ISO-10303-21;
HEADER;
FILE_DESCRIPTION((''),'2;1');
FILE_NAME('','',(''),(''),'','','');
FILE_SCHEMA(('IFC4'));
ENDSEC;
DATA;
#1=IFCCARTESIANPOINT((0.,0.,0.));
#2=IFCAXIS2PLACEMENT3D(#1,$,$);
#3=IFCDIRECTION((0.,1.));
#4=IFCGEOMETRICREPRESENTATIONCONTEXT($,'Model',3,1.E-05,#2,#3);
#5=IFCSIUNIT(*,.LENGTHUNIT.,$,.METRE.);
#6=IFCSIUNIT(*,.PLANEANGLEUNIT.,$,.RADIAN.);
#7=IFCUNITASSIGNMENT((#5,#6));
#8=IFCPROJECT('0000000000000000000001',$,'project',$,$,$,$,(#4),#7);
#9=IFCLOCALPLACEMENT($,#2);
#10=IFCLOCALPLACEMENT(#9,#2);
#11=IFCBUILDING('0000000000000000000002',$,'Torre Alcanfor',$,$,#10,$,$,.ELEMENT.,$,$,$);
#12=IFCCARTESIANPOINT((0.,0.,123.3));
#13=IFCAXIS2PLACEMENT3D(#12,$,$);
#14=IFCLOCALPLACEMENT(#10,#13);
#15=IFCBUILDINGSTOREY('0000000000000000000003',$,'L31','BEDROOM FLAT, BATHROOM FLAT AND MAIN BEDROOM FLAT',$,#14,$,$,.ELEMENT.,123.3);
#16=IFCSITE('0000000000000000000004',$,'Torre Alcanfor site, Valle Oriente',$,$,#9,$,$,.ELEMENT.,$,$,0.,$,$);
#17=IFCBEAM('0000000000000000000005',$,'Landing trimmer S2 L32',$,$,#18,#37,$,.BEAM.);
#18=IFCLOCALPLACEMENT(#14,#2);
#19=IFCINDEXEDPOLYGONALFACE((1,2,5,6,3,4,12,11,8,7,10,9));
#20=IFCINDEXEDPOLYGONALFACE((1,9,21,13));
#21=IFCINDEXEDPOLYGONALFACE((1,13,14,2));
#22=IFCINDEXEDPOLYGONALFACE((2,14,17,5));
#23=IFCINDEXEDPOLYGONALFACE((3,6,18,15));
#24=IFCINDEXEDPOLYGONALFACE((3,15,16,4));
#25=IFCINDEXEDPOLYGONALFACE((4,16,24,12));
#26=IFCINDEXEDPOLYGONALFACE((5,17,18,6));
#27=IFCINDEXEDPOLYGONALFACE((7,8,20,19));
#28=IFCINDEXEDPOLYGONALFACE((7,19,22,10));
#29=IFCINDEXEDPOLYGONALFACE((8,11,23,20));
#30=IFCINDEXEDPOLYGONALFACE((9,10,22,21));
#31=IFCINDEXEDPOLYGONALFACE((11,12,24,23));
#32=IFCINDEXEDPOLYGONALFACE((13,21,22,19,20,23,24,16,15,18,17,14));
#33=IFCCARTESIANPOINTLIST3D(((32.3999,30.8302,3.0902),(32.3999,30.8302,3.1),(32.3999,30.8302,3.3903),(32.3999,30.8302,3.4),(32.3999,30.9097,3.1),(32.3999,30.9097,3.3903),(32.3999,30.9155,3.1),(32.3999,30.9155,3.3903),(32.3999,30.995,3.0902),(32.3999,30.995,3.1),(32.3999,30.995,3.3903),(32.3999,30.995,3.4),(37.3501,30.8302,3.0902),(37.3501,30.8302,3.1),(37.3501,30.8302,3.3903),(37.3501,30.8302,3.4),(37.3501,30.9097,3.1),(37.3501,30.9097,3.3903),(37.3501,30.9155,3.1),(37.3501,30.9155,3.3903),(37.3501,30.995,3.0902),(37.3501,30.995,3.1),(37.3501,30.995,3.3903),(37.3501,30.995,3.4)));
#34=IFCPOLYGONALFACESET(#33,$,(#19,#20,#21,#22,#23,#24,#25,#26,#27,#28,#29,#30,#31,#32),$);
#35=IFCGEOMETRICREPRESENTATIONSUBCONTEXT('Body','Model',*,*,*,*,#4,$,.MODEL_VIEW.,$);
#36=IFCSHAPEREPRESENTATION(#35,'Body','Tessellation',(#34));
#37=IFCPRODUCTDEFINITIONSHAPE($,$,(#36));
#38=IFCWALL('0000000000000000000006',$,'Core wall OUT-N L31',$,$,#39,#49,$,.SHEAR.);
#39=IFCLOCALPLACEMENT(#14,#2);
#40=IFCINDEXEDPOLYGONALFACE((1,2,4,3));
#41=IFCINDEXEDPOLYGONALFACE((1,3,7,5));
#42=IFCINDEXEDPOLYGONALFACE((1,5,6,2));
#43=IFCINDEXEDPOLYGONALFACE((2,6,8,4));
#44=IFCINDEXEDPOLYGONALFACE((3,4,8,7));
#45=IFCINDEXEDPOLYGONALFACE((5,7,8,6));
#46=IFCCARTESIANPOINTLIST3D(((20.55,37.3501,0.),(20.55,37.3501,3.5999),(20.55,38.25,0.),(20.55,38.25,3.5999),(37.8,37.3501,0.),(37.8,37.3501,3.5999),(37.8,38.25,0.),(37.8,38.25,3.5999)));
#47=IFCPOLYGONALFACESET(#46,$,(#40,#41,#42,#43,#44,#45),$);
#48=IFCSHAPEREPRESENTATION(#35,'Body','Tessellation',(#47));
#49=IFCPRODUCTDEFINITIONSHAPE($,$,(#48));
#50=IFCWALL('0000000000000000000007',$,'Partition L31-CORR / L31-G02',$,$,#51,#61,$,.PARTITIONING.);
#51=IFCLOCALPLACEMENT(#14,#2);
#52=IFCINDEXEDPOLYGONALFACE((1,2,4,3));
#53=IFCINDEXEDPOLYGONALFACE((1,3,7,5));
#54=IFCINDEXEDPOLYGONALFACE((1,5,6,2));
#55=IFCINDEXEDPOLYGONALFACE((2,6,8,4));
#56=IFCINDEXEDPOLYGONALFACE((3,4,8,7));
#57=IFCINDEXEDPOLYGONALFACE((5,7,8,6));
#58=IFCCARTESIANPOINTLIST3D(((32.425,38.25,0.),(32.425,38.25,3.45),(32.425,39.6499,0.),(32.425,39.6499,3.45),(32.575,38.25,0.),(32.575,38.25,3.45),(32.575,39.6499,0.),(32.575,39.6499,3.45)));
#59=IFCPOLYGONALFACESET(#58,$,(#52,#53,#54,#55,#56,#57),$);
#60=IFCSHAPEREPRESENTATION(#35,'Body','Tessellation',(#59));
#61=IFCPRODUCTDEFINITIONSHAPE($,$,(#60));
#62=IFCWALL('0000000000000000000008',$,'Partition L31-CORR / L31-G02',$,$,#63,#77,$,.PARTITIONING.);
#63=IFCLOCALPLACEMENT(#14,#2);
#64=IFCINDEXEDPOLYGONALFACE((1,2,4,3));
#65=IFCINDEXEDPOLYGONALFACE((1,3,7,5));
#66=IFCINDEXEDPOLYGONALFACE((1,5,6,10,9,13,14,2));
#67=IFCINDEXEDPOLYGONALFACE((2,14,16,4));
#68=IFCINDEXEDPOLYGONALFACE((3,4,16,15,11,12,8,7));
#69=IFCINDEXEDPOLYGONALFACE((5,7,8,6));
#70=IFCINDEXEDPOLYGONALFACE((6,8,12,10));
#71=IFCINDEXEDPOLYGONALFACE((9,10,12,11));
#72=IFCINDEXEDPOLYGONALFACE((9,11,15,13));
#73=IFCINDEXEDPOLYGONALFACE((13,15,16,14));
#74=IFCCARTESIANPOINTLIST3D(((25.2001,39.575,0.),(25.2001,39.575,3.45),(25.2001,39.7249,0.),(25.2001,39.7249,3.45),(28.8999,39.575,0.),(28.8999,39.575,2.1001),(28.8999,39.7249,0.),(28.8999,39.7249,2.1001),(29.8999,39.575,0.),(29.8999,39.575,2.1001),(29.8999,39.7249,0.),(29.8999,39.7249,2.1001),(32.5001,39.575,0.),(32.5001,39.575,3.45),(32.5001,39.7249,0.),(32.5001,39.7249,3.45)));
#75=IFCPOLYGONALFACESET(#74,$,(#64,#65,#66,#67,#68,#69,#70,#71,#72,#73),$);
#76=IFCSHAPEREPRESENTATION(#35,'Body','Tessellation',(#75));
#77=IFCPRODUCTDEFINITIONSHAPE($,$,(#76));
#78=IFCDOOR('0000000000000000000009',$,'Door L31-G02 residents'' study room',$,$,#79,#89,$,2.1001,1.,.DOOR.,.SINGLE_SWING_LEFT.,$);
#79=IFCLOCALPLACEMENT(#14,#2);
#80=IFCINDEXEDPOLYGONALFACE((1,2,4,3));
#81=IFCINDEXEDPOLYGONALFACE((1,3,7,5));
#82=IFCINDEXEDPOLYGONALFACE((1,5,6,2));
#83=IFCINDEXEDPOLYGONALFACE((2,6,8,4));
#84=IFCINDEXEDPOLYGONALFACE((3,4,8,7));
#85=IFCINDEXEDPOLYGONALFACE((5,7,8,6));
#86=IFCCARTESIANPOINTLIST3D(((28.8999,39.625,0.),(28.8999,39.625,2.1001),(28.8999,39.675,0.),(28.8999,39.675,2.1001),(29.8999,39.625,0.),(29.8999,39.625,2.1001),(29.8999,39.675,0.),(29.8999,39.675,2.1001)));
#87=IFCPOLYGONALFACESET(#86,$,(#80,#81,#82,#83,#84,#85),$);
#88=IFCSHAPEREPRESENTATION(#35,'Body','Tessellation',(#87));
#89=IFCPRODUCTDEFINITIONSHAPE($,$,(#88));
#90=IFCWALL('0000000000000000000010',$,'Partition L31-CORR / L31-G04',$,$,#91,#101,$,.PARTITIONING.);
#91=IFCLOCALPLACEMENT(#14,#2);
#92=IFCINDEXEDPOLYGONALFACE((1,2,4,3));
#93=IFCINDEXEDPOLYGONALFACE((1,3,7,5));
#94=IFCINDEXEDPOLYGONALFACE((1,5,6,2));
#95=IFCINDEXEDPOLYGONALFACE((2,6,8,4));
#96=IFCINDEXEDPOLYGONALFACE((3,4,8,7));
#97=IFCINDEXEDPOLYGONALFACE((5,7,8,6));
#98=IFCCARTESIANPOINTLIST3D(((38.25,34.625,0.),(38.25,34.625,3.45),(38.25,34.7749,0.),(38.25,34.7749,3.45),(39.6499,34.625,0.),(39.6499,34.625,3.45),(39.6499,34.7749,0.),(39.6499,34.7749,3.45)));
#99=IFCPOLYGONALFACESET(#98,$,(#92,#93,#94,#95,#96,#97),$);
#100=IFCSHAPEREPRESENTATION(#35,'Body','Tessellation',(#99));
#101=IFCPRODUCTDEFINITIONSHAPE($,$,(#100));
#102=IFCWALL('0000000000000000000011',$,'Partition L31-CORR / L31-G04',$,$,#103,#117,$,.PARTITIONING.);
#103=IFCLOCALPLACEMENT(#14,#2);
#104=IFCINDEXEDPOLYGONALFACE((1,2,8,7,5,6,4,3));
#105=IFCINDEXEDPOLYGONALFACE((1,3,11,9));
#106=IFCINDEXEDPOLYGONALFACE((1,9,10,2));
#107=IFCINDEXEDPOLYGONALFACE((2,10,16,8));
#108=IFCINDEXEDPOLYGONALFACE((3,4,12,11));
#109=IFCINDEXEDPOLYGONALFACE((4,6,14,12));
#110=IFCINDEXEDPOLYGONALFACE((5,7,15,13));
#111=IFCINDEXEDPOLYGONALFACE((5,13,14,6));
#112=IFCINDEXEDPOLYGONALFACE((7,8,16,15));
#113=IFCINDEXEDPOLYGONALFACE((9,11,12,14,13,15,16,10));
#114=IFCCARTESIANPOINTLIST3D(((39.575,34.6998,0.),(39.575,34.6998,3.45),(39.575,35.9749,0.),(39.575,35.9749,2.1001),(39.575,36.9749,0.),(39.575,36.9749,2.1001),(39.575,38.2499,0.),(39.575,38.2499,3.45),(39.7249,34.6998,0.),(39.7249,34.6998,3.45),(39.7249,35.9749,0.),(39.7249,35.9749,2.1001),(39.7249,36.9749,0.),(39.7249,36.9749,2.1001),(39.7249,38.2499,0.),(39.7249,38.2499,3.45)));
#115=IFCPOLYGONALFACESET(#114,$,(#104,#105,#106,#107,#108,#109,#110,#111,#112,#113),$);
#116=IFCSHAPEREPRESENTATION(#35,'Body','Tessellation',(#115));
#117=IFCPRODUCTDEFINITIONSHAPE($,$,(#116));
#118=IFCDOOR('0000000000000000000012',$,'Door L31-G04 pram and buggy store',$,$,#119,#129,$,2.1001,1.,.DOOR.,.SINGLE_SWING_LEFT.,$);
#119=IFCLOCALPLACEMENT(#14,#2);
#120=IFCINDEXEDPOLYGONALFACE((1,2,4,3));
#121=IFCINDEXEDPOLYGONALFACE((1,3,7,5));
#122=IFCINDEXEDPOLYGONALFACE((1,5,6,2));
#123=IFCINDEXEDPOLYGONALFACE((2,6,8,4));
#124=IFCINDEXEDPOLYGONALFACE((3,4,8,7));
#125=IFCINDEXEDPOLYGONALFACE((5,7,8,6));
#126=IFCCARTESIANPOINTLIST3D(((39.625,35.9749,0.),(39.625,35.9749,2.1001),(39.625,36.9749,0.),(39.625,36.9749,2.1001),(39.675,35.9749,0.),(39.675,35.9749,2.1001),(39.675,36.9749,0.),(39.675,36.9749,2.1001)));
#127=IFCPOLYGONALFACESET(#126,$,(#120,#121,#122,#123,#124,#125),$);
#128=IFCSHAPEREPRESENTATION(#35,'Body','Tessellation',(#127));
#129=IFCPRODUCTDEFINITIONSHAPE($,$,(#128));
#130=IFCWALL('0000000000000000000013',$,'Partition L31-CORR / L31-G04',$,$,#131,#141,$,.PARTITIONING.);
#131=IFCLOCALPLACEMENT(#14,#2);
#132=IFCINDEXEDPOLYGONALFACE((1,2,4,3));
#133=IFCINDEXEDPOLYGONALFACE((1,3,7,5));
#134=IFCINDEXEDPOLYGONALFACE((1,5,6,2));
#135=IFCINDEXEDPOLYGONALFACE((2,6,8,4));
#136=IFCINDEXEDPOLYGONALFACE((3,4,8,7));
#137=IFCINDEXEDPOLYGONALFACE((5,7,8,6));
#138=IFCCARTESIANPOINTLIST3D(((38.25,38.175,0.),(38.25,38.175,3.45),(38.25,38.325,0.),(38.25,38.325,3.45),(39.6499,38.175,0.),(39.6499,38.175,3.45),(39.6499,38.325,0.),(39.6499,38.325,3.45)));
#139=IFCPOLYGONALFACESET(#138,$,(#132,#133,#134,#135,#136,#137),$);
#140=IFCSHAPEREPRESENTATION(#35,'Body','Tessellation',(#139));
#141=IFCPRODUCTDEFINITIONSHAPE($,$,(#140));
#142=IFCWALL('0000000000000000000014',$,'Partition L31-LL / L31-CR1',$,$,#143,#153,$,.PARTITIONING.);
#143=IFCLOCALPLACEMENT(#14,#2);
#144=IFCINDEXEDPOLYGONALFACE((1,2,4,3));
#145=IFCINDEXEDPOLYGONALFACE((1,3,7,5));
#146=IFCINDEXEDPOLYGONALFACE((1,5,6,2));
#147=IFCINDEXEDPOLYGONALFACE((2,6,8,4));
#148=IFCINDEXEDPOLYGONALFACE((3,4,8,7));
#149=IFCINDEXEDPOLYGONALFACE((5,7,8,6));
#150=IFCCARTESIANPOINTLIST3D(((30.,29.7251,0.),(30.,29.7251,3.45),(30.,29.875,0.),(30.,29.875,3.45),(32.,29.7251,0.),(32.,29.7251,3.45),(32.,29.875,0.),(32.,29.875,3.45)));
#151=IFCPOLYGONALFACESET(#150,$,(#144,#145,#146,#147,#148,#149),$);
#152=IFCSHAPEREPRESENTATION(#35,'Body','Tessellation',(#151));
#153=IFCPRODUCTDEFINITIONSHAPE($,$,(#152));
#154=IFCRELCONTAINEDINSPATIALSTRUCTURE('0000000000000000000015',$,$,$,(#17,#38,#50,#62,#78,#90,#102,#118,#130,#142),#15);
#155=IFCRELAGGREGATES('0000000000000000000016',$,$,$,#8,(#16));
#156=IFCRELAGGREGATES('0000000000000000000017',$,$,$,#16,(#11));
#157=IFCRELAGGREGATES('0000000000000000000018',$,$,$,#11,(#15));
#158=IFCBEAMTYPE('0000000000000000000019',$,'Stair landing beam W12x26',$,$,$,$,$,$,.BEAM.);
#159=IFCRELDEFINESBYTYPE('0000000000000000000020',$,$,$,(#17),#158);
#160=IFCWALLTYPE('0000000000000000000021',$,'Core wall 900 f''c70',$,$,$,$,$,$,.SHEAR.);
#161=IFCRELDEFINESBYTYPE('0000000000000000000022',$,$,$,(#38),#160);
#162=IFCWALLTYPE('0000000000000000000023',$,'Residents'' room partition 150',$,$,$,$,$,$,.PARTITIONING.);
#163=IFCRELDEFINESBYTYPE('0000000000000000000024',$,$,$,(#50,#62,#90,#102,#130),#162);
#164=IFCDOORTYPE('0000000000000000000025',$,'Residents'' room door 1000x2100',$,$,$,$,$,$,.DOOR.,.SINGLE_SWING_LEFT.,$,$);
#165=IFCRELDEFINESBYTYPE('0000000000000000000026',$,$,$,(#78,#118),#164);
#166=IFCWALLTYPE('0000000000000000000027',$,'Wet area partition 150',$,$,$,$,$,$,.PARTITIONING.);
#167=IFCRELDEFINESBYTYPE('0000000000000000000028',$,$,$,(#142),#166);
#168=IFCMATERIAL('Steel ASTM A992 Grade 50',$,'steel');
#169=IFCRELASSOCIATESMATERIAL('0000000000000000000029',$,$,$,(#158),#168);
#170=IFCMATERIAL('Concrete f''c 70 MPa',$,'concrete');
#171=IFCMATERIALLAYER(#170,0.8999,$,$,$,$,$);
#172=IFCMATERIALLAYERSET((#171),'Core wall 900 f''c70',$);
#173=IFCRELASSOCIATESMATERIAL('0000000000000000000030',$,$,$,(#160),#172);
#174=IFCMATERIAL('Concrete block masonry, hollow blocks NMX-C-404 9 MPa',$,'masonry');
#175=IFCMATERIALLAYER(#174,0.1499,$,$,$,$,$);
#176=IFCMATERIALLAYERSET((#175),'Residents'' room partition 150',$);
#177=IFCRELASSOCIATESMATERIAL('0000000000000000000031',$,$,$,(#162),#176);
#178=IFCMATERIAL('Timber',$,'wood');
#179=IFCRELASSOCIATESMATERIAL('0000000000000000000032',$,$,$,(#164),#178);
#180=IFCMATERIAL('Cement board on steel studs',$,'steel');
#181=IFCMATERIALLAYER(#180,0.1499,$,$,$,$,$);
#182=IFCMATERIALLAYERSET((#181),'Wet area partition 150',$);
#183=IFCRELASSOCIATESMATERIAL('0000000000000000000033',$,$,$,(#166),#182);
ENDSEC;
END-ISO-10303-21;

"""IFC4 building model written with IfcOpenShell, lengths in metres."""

from ifc_helpers import new_model, si_unit, direction, frame, frame_2d, origin, origin_2d, place, context, subcontext, project, spatial, rectangle, i_section, extrude, material, layer, layer_set, material_profile, profile_set, type_object, element, fill, save


model = new_model("IFC4")

# Units and contexts
model_context = context("Model", 3, precision=1e-05, world=origin(), true_north=direction((0.0, 1.0)))
body_context = subcontext(model_context, "Body", "Model", "MODEL_VIEW")
ifc_project = project(units=[si_unit("LENGTHUNIT", "METRE"), si_unit("PLANEANGLEUNIT", "RADIAN")], contexts=[model_context])

# Site, building, storey
site_placement = place(None, origin())
site = spatial("IfcSite", under=ifc_project, at=site_placement, Name="Torre Alcanfor site, Valle Oriente", CompositionType="ELEMENT", RefElevation=0.0)
building_placement = place(site_placement, origin())
building = spatial("IfcBuilding", under=site, at=building_placement, Name="Torre Alcanfor", CompositionType="ELEMENT")
storey_placement = place(building_placement, frame((0.0, 0.0, 123.3)))
storey = spatial("IfcBuildingStorey", under=building, at=storey_placement, Name="L31", Description="BEDROOM FLAT, BATHROOM FLAT AND MAIN BEDROOM FLAT", CompositionType="ELEMENT", Elevation=123.3)

# Beam
ifc_material_1 = material(Name="Steel ASTM A992 Grade 50", Category="steel")
ifc_material_profile_1 = material_profile(ifc_material_1, i_section(OverallWidth=0.1648, OverallDepth=0.3098, WebThickness=0.0059, FlangeThickness=0.0098, at=origin_2d()), Name="W12x26")
ifc_profile_set_1 = profile_set([ifc_material_profile_1], Name="Steel ASTM A992 Grade 50")
beam_type_1 = type_object("IfcBeamType", Name="Stair landing beam W12x26", PredefinedType="BEAM", material=ifc_profile_set_1)
beam_1_placement = place(storey_placement, frame((32.3999, 30.9126, 3.2451), z_axis=(1.0, 0.0, 0.0), x_axis=(0.0, 1.0, 0.0)))
element("IfcBeam", 1, at=beam_1_placement, inside=storey, type_object=beam_type_1, Name="Landing trimmer S2 L32", PredefinedType="BEAM", context=body_context, shape_type="SweptSolid", body=[
    extrude(i_section(OverallWidth=0.1648, OverallDepth=0.3098, WebThickness=0.0059, FlangeThickness=0.0098, at=origin_2d()), origin(), (0.0, 0.0, 1.0), 4.9502),
])

# Walls
ifc_material_2 = material(Name="Concrete f'c 70 MPa", Category="concrete")
ifc_layer_1 = layer(ifc_material_2, 0.8999)
ifc_layer_set_1 = layer_set([ifc_layer_1], Name="Core wall 900 f'c70")
wall_type_1 = type_object("IfcWallType", Name="Core wall 900 f'c70", PredefinedType="SHEAR", material=ifc_layer_set_1)
wall_1_placement = place(storey_placement, frame((37.8, 37.8, 0.0), z_axis=(0.0, 0.0, 1.0), x_axis=(-1.0, 0.0, 0.0)))
element("IfcWall", 2, at=wall_1_placement, inside=storey, type_object=wall_type_1, Name="Core wall OUT-N L31", PredefinedType="SHEAR", context=body_context, shape_type="SweptSolid", body=[
    extrude(rectangle(XDim=17.25, YDim=0.8999, at=frame_2d((8.625, 0.0))), origin(), (0.0, 0.0, 1.0), 3.5999),
])
ifc_material_3 = material(Name="Concrete block masonry, hollow blocks NMX-C-404 9 MPa", Category="masonry")
ifc_layer_2 = layer(ifc_material_3, 0.1499)
ifc_layer_set_2 = layer_set([ifc_layer_2], Name="Residents' room partition 150")
wall_type_2 = type_object("IfcWallType", Name="Residents' room partition 150", PredefinedType="PARTITIONING", material=ifc_layer_set_2)
wall_2_placement = place(storey_placement, frame((32.5, 38.25, 0.0), z_axis=(0.0, 0.0, 1.0), x_axis=(0.0, 1.0, 0.0)))
element("IfcWall", 3, at=wall_2_placement, inside=storey, type_object=wall_type_2, Name="Partition L31-CORR / L31-G02", PredefinedType="PARTITIONING", context=body_context, shape_type="SweptSolid", body=[
    extrude(rectangle(XDim=1.3999, YDim=0.1499, at=frame_2d((0.7, 0.0))), origin(), (0.0, 0.0, 1.0), 3.45),
])

# Wall, opening, door
wall_3_placement = place(storey_placement, frame((32.5, 39.6499, 0.0), z_axis=(0.0, 0.0, 1.0), x_axis=(-1.0, 0.0, 0.0)))
wall_3 = element("IfcWall", 4, at=wall_3_placement, inside=storey, type_object=wall_type_2, Name="Partition L31-CORR / L31-G02", PredefinedType="PARTITIONING", context=body_context, shape_type="SweptSolid", body=[
    extrude(rectangle(XDim=7.3, YDim=0.1499, at=frame_2d((3.6499, 0.0))), origin(), (0.0, 0.0, 1.0), 3.45),
])
opening_1_placement = place(wall_3_placement, frame((2.6001, 0.0, 0.0)))
opening_1 = element("IfcOpeningElement", 5, at=opening_1_placement, cuts=wall_3, PredefinedType="OPENING", context=body_context, shape_type="SweptSolid", body=[
    extrude(rectangle(XDim=1.0, YDim=2.1001, at=frame_2d((0.5, 1.05))), frame((0.0, 0.085, 0.0), z_axis=(0.0, -1.0, 0.0), x_axis=(1.0, 0.0, 0.0)), (0.0, 0.0, 1.0), 0.1699),
])
ifc_material_4 = material(Name="Timber", Category="wood")
door_type_1 = type_object("IfcDoorType", Name="Residents' room door 1000x2100", OperationType="SINGLE_SWING_LEFT", PredefinedType="DOOR", material=ifc_material_4)
door_1_placement = place(opening_1_placement, origin())
door_1 = element("IfcDoor", 6, at=door_1_placement, inside=storey, type_object=door_type_1, Name="Door L31-G02 residents' study room", OperationType="SINGLE_SWING_LEFT", OverallHeight=2.1001, OverallWidth=1.0, PredefinedType="DOOR", context=body_context, shape_type="SweptSolid", body=[
    extrude(rectangle(XDim=1.0, YDim=2.1001, at=frame_2d((0.5, 1.05))), frame((0.0, 0.0249, 0.0), z_axis=(0.0, -1.0, 0.0), x_axis=(1.0, 0.0, 0.0)), (0.0, 0.0, 1.0), 0.05),
])
fill(opening_1, door_1)

# Wall
wall_4_placement = place(storey_placement, frame((38.25, 34.7, 0.0), z_axis=(0.0, 0.0, 1.0), x_axis=(1.0, 0.0, 0.0)))
element("IfcWall", 7, at=wall_4_placement, inside=storey, type_object=wall_type_2, Name="Partition L31-CORR / L31-G04", PredefinedType="PARTITIONING", context=body_context, shape_type="SweptSolid", body=[
    extrude(rectangle(XDim=1.3999, YDim=0.1499, at=frame_2d((0.7, 0.0))), origin(), (0.0, 0.0, 1.0), 3.45),
])

# Wall, opening, door
wall_5_placement = place(storey_placement, frame((39.6499, 34.7, 0.0), z_axis=(0.0, 0.0, 1.0), x_axis=(0.0, 1.0, 0.0)))
wall_5 = element("IfcWall", 8, at=wall_5_placement, inside=storey, type_object=wall_type_2, Name="Partition L31-CORR / L31-G04", PredefinedType="PARTITIONING", context=body_context, shape_type="SweptSolid", body=[
    extrude(rectangle(XDim=3.55, YDim=0.1499, at=frame_2d((1.7749, 0.0))), origin(), (0.0, 0.0, 1.0), 3.45),
])
opening_2_placement = place(wall_5_placement, frame((1.2749, 0.0, 0.0)))
opening_2 = element("IfcOpeningElement", 9, at=opening_2_placement, cuts=wall_5, PredefinedType="OPENING", context=body_context, shape_type="SweptSolid", body=[
    extrude(rectangle(XDim=1.0, YDim=2.1001, at=frame_2d((0.5, 1.05))), frame((0.0, 0.085, 0.0), z_axis=(0.0, -1.0, 0.0), x_axis=(1.0, 0.0, 0.0)), (0.0, 0.0, 1.0), 0.1699),
])
door_2_placement = place(opening_2_placement, origin())
door_2 = element("IfcDoor", 10, at=door_2_placement, inside=storey, type_object=door_type_1, Name="Door L31-G04 pram and buggy store", OperationType="SINGLE_SWING_LEFT", OverallHeight=2.1001, OverallWidth=1.0, PredefinedType="DOOR", context=body_context, shape_type="SweptSolid", body=[
    extrude(rectangle(XDim=1.0, YDim=2.1001, at=frame_2d((0.5, 1.05))), frame((0.0, 0.0249, 0.0), z_axis=(0.0, -1.0, 0.0), x_axis=(1.0, 0.0, 0.0)), (0.0, 0.0, 1.0), 0.05),
])
fill(opening_2, door_2)

# Walls
wall_6_placement = place(storey_placement, frame((39.6499, 38.25, 0.0), z_axis=(0.0, 0.0, 1.0), x_axis=(-1.0, 0.0, 0.0)))
element("IfcWall", 11, at=wall_6_placement, inside=storey, type_object=wall_type_2, Name="Partition L31-CORR / L31-G04", PredefinedType="PARTITIONING", context=body_context, shape_type="SweptSolid", body=[
    extrude(rectangle(XDim=1.3999, YDim=0.1499, at=frame_2d((0.7, 0.0))), origin(), (0.0, 0.0, 1.0), 3.45),
])
ifc_material_5 = material(Name="Cement board on steel studs", Category="steel")
ifc_layer_3 = layer(ifc_material_5, 0.1499)
ifc_layer_set_3 = layer_set([ifc_layer_3], Name="Wet area partition 150")
wall_type_3 = type_object("IfcWallType", Name="Wet area partition 150", PredefinedType="PARTITIONING", material=ifc_layer_set_3)
wall_7_placement = place(storey_placement, frame((32.0, 29.8, 0.0), z_axis=(0.0, 0.0, 1.0), x_axis=(-1.0, 0.0, 0.0)))
element("IfcWall", 12, at=wall_7_placement, inside=storey, type_object=wall_type_3, Name="Partition L31-LL / L31-CR1", PredefinedType="PARTITIONING", context=body_context, shape_type="SweptSolid", body=[
    extrude(rectangle(XDim=2.0, YDim=0.1499, at=frame_2d((1.0, 0.0))), origin(), (0.0, 0.0, 1.0), 3.45),
])

save(model, "model.ifc")
